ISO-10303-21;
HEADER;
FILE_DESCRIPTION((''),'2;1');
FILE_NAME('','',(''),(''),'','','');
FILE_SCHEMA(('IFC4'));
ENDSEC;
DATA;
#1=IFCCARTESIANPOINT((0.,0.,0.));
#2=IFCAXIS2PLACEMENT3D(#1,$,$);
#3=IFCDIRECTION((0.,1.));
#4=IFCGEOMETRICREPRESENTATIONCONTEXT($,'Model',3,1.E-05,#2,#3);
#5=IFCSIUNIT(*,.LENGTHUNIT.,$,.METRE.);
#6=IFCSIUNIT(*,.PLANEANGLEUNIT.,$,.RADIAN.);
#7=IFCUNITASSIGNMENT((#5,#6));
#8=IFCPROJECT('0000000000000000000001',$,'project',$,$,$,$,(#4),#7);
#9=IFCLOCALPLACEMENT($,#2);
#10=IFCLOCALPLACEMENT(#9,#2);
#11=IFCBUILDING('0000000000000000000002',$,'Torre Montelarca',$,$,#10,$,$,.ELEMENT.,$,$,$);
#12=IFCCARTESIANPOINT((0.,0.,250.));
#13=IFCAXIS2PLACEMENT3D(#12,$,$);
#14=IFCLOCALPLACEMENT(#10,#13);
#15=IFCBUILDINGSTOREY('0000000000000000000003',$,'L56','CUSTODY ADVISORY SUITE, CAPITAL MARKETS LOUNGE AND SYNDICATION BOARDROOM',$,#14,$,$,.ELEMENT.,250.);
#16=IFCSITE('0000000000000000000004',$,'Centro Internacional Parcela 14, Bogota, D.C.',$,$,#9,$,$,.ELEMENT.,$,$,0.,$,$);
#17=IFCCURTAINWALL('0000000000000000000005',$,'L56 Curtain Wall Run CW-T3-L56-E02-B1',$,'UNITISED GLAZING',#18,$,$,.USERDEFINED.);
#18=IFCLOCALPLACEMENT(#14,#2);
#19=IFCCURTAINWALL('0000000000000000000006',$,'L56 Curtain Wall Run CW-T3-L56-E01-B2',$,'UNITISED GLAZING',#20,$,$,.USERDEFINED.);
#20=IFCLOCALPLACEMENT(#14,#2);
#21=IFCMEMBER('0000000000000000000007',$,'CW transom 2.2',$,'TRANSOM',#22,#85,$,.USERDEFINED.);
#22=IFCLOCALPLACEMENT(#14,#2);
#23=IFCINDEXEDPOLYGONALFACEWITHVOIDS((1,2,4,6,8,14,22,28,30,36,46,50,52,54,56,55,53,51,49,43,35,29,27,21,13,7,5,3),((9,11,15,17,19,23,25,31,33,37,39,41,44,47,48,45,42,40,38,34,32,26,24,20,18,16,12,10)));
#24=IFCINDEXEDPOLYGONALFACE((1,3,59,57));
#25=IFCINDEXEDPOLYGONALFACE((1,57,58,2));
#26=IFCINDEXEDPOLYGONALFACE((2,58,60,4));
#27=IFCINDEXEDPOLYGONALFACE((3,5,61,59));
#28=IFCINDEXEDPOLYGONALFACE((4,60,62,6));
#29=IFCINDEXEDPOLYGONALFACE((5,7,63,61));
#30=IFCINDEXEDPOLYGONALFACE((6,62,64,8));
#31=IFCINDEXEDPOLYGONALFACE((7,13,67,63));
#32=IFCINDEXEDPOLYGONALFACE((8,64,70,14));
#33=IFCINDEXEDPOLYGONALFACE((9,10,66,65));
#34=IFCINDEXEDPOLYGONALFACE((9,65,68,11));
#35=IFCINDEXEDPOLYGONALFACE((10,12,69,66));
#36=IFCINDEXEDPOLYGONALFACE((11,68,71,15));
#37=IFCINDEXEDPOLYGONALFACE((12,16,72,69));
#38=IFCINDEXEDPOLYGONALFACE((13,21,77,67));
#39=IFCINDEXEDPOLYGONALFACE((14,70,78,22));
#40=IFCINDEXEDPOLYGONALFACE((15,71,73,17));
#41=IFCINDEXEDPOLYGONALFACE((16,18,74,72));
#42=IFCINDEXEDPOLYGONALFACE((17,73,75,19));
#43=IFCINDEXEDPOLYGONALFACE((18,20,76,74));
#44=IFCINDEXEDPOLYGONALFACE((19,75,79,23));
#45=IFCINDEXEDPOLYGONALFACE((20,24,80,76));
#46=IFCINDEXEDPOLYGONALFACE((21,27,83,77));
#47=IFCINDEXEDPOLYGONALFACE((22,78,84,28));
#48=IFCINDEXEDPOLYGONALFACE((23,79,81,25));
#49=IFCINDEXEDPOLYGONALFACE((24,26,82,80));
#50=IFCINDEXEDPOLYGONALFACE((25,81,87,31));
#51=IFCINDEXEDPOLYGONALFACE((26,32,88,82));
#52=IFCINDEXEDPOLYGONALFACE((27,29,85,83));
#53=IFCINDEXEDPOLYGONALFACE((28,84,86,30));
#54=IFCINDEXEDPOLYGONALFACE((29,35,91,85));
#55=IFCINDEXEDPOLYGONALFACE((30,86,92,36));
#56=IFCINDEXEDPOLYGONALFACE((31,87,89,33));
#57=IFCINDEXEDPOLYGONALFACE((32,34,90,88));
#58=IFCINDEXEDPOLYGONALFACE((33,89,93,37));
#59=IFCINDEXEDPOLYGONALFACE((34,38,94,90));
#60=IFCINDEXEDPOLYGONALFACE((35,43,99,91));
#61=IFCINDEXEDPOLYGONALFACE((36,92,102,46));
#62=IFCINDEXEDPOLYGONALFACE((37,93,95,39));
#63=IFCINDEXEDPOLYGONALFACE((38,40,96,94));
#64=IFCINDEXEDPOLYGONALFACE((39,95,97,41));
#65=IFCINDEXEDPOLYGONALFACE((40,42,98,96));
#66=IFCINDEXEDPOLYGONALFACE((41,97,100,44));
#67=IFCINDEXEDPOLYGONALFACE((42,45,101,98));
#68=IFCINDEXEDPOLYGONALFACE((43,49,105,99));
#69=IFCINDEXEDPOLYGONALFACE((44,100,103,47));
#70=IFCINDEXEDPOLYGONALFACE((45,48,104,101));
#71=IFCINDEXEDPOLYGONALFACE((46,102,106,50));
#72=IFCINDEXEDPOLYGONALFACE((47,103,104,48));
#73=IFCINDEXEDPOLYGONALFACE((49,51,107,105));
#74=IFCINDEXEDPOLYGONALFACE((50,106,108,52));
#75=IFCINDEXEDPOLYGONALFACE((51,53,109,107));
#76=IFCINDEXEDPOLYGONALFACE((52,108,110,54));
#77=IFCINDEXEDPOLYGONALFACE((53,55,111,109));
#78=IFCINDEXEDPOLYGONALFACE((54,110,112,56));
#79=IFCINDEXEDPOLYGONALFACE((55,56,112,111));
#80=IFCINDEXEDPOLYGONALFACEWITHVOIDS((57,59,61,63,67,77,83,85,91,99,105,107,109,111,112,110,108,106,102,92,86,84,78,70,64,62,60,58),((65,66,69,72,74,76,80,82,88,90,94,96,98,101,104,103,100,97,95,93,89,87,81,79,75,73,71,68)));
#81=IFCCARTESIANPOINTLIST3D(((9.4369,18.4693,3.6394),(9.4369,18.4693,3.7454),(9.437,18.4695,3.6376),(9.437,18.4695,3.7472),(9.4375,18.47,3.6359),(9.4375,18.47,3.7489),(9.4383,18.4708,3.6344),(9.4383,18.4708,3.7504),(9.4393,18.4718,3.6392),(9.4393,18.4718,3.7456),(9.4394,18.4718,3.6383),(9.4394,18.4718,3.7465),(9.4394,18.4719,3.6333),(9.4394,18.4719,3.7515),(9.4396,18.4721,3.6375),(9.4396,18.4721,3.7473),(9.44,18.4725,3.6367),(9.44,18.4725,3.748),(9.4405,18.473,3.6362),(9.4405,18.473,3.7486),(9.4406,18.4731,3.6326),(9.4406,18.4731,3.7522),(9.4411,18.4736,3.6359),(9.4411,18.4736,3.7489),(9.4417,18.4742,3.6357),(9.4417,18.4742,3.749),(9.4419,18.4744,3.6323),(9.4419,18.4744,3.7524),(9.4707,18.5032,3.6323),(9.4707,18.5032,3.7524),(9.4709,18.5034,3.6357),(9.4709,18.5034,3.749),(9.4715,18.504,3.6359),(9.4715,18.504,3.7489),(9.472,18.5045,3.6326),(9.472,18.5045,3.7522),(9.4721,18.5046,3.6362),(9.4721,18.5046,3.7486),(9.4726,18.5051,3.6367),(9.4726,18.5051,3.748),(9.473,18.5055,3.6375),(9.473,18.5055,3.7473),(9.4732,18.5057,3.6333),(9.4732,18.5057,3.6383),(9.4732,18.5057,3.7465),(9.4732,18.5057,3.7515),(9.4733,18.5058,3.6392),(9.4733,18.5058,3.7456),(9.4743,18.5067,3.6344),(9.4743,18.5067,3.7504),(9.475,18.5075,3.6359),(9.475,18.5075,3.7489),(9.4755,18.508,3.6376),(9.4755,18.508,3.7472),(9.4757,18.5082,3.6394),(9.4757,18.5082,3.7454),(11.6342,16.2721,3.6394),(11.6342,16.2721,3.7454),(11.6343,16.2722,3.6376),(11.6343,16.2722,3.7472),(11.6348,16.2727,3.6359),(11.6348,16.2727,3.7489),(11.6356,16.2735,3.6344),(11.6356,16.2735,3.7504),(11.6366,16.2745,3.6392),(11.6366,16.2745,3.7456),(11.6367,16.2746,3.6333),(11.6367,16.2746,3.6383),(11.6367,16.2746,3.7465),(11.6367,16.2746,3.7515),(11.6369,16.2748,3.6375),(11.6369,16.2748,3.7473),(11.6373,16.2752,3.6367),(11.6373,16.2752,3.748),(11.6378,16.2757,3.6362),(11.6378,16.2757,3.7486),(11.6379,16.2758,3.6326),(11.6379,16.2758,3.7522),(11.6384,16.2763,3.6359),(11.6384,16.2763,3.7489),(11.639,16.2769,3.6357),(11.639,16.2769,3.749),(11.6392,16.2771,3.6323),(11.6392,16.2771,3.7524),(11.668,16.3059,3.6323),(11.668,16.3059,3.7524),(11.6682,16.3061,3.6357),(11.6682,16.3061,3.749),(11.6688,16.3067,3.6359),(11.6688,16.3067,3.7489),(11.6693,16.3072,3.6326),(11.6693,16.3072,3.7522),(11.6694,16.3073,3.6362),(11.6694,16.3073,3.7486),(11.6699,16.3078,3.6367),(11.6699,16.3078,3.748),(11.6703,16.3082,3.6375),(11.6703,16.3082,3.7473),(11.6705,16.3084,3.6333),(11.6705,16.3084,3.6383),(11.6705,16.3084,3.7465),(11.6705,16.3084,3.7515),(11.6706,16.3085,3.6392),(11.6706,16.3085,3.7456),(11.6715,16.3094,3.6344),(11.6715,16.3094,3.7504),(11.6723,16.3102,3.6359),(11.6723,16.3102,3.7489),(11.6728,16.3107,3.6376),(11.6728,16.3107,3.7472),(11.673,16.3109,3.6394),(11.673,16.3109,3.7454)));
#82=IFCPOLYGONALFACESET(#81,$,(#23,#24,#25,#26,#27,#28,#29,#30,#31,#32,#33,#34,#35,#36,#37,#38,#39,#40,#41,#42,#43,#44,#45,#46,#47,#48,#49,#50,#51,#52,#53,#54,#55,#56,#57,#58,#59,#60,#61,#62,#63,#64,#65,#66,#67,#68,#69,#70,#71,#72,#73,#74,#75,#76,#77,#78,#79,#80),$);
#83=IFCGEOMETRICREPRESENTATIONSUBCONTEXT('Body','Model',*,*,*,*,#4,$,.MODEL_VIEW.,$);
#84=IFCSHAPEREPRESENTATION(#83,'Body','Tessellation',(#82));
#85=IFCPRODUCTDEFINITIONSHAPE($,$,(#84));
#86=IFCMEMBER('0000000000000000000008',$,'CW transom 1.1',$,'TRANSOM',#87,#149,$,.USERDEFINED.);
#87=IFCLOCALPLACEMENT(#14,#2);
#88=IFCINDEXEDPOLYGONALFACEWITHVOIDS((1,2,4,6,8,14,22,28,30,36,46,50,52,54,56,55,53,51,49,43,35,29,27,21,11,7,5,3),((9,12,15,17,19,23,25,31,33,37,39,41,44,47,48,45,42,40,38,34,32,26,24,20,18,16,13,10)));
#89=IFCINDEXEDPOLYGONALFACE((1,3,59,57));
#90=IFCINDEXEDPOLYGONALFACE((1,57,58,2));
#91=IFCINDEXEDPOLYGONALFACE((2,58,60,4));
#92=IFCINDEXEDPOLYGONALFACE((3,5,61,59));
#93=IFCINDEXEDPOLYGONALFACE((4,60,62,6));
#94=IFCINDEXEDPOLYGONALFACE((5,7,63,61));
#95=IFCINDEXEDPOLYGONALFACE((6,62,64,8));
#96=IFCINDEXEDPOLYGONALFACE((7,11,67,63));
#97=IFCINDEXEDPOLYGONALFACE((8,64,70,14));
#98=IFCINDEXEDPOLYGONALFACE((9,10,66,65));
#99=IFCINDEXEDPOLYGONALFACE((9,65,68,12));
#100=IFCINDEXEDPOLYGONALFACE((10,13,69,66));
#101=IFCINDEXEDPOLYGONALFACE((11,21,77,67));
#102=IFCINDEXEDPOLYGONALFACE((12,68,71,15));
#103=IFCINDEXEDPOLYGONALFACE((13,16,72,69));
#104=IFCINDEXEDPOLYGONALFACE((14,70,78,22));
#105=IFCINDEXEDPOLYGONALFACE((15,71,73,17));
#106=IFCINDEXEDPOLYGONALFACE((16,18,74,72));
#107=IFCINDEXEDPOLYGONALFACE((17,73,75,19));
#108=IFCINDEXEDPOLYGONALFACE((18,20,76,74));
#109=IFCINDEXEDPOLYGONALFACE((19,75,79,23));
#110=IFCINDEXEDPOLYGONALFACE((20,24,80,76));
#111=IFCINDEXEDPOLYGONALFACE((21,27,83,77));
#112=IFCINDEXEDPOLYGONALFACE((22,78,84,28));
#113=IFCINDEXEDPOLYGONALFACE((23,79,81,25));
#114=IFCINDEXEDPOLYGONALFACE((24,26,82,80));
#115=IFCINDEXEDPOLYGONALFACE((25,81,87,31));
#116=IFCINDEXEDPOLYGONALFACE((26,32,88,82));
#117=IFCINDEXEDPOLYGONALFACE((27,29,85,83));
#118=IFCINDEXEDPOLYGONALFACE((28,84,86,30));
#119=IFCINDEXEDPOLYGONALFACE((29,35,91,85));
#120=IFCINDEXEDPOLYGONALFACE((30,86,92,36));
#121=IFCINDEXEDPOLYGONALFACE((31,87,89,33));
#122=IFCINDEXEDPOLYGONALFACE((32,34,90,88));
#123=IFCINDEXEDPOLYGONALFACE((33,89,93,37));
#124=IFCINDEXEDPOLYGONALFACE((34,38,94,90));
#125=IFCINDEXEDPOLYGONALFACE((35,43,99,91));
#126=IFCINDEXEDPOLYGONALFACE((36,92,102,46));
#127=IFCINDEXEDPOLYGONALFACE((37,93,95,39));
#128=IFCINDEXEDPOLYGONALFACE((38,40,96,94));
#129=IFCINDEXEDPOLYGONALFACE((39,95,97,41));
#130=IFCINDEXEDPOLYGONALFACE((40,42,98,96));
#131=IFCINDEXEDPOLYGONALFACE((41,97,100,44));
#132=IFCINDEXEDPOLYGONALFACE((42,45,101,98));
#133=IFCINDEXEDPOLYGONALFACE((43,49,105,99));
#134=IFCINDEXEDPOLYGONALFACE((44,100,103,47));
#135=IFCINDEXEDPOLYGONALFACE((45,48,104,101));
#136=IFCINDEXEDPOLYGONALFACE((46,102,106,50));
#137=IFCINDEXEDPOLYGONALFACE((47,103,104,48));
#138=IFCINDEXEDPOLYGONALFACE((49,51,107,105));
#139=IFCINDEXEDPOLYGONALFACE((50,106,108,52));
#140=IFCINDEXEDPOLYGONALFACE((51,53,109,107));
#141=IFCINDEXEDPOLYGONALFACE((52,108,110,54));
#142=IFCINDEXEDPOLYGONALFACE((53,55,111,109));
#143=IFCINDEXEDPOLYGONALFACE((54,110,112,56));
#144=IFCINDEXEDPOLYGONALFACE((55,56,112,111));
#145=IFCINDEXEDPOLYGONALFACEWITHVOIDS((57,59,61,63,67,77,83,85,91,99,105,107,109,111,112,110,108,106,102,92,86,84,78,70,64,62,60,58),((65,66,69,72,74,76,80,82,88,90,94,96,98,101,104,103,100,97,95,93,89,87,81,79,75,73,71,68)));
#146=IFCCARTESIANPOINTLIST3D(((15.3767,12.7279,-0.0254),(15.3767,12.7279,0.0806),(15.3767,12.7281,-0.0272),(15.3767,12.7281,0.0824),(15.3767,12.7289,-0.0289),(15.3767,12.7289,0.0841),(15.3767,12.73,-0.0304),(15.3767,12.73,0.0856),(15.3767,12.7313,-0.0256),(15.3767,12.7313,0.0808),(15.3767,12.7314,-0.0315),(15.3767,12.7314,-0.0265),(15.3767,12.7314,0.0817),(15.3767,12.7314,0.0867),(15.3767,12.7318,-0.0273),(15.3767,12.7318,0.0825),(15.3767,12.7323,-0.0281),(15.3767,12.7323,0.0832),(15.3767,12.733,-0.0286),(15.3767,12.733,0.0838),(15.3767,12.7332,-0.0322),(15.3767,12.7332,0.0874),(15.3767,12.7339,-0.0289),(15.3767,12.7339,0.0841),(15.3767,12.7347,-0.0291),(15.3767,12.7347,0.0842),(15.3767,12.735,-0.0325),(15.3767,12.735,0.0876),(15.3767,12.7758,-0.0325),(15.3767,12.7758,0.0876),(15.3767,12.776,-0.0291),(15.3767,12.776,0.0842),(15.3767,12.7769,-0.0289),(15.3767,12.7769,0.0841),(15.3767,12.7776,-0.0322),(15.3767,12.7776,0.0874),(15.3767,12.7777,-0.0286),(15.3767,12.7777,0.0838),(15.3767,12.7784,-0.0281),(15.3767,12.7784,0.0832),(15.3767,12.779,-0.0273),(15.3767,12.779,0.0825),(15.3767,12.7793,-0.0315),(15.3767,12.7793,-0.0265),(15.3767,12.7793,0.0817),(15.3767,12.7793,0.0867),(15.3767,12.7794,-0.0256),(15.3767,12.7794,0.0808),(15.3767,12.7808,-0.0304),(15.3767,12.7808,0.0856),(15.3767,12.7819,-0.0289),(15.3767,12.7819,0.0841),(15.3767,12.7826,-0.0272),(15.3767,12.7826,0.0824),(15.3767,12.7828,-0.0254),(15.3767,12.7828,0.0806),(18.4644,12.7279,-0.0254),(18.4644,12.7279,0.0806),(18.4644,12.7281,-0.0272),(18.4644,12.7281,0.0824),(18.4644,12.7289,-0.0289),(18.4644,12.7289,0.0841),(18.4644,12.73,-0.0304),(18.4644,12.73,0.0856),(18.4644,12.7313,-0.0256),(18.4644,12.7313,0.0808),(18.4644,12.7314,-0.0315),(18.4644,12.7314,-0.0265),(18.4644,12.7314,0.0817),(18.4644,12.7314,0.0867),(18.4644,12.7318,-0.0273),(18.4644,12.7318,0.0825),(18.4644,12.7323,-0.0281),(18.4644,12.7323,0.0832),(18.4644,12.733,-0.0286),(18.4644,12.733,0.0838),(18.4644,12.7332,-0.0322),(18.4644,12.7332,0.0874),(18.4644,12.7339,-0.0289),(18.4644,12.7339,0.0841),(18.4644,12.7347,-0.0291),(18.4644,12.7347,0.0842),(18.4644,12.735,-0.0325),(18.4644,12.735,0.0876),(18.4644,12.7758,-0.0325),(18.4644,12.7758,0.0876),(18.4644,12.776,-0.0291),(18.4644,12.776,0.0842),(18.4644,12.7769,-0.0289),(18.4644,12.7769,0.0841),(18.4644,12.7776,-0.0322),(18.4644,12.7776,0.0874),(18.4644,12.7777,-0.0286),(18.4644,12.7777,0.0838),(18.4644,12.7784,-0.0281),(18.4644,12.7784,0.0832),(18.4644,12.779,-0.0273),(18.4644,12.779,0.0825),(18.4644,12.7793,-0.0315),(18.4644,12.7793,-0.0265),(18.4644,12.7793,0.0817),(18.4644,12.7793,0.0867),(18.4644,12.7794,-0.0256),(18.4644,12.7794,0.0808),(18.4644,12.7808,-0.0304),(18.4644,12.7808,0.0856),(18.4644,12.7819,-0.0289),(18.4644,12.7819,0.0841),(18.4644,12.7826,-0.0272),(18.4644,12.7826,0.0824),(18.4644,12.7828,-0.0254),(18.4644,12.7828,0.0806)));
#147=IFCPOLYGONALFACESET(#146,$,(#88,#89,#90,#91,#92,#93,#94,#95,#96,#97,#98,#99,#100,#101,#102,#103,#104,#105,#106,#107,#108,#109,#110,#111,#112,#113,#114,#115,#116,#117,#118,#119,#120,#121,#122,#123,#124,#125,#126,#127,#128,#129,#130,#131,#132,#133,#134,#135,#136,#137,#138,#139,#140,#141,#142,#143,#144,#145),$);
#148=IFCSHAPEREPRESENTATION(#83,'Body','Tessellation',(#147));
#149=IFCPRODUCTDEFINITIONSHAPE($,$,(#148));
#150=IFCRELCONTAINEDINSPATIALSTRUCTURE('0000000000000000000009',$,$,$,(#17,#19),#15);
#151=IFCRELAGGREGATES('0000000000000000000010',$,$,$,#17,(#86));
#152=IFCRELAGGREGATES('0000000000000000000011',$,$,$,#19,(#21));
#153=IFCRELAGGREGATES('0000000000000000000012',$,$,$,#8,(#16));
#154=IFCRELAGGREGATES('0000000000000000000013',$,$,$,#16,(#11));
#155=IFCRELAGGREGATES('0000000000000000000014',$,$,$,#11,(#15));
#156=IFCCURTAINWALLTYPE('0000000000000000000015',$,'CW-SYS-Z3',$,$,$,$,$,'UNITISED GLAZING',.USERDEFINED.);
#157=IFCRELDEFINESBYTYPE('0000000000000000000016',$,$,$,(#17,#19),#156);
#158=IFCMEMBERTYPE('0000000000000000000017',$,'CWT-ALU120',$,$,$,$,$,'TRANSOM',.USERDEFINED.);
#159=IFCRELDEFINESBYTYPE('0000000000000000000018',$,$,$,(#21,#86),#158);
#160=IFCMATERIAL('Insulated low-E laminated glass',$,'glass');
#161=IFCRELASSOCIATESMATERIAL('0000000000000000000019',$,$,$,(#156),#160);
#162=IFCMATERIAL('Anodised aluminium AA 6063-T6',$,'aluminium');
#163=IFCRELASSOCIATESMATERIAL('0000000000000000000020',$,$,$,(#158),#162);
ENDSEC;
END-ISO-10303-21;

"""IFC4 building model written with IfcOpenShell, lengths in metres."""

from ifc_helpers import new_model, si_unit, direction, frame, origin, origin_2d, place, context, subcontext, project, spatial, hollow_rectangle, extrude, source, transform, mapped, material, material_profile, profile_set, type_object, element, aggregate, save


model = new_model("IFC4")

# Units and contexts
model_context = context("Model", 3, precision=1e-05, world=origin(), true_north=direction((0.0, 1.0)))
body_context = subcontext(model_context, "Body", "Model", "MODEL_VIEW")
ifc_project = project(units=[si_unit("LENGTHUNIT", "METRE"), si_unit("PLANEANGLEUNIT", "RADIAN")], contexts=[model_context])

# Site, building, storey
site_placement = place(None, origin())
site = spatial("IfcSite", under=ifc_project, at=site_placement, Name="Centro Internacional Parcela 14, Bogota, D.C.", CompositionType="ELEMENT", RefElevation=0.0)
building_placement = place(site_placement, origin())
building = spatial("IfcBuilding", under=site, at=building_placement, Name="Torre Montelarca", CompositionType="ELEMENT")
storey_placement = place(building_placement, frame((0.0, 0.0, 250.0)))
storey = spatial("IfcBuildingStorey", under=building, at=storey_placement, Name="L56", Description="CUSTODY ADVISORY SUITE, CAPITAL MARKETS LOUNGE AND SYNDICATION BOARDROOM", CompositionType="ELEMENT", Elevation=250.0)

# Curtain walls
ifc_material_1 = material(Name="Insulated low-E laminated glass", Category="glass")
curtain_wall_type = type_object("IfcCurtainWallType", Name="CW-SYS-Z3", ElementType="UNITISED GLAZING", PredefinedType="USERDEFINED", material=ifc_material_1)
curtain_wall_1_placement = place(storey_placement, origin())
curtain_wall_1 = element("IfcCurtainWall", 1, at=curtain_wall_1_placement, inside=storey, type_object=curtain_wall_type, Name="L56 Curtain Wall Run CW-T3-L56-E02-B1", ObjectType="UNITISED GLAZING", PredefinedType="USERDEFINED")
ifc_material_2 = material(Name="Anodised aluminium AA 6063-T6", Category="aluminium")
ifc_material_profile_1 = material_profile(ifc_material_2, hollow_rectangle(XDim=0.0549, YDim=0.1201, WallThickness=0.0034, InnerFilletRadius=0.0034, OuterFilletRadius=0.0071, at=origin_2d()), Name="ALU55X120X3.5", Category="aluminium")
ifc_profile_set_1 = profile_set([ifc_material_profile_1], Name="Anodised aluminium AA 6063-T6")
member_type_1 = type_object("IfcMemberType", Name="CWT-ALU120", ElementType="TRANSOM", PredefinedType="USERDEFINED", material=ifc_profile_set_1)
curtain_wall_2_placement = place(storey_placement, origin())
curtain_wall_2 = element("IfcCurtainWall", 2, at=curtain_wall_2_placement, inside=storey, type_object=curtain_wall_type, Name="L56 Curtain Wall Run CW-T3-L56-E01-B2", ObjectType="UNITISED GLAZING", PredefinedType="USERDEFINED")

# Members
shared_shape_1 = source(origin(), body_context, "Body", "SweptSolid", [
    extrude(hollow_rectangle(XDim=0.0549, YDim=0.1201, WallThickness=0.0034, InnerFilletRadius=0.0034, OuterFilletRadius=0.0071, at=origin_2d()), origin(), (0.0, 0.0, 1.0), 3.1074),
])
member_1_placement = place(storey_placement, frame((9.4563, 18.4888, 3.6924), z_axis=(0.707107, -0.707107, 0.0), x_axis=(0.707107, 0.707107, 0.0)))
member_1 = element("IfcMember", 3, at=member_1_placement, type_object=member_type_1, Name="CW transom 2.2", ObjectType="TRANSOM", PredefinedType="USERDEFINED", context=body_context, shape_type="MappedRepresentation", body=[
    mapped(shared_shape_1, transform((0.0, 0.0, 0.0), scale=1.0)),
])
shared_shape_2 = source(origin(), body_context, "Body", "SweptSolid", [
    extrude(hollow_rectangle(XDim=0.0549, YDim=0.1201, WallThickness=0.0034, InnerFilletRadius=0.0034, OuterFilletRadius=0.0071, at=origin_2d()), origin(), (0.0, 0.0, 1.0), 3.0876),
])
member_2_placement = place(storey_placement, frame((15.3767, 12.7554, 0.0276), z_axis=(1.0, 0.0, 0.0), x_axis=(0.0, 1.0, 0.0)))
member_2 = element("IfcMember", 4, at=member_2_placement, type_object=member_type_1, Name="CW transom 1.1", ObjectType="TRANSOM", PredefinedType="USERDEFINED", context=body_context, shape_type="MappedRepresentation", body=[
    mapped(shared_shape_2, transform((0.0, 0.0, 0.0), scale=1.0)),
])

aggregate(curtain_wall_1, [member_2])
aggregate(curtain_wall_2, [member_1])

save(model, "model.ifc")
